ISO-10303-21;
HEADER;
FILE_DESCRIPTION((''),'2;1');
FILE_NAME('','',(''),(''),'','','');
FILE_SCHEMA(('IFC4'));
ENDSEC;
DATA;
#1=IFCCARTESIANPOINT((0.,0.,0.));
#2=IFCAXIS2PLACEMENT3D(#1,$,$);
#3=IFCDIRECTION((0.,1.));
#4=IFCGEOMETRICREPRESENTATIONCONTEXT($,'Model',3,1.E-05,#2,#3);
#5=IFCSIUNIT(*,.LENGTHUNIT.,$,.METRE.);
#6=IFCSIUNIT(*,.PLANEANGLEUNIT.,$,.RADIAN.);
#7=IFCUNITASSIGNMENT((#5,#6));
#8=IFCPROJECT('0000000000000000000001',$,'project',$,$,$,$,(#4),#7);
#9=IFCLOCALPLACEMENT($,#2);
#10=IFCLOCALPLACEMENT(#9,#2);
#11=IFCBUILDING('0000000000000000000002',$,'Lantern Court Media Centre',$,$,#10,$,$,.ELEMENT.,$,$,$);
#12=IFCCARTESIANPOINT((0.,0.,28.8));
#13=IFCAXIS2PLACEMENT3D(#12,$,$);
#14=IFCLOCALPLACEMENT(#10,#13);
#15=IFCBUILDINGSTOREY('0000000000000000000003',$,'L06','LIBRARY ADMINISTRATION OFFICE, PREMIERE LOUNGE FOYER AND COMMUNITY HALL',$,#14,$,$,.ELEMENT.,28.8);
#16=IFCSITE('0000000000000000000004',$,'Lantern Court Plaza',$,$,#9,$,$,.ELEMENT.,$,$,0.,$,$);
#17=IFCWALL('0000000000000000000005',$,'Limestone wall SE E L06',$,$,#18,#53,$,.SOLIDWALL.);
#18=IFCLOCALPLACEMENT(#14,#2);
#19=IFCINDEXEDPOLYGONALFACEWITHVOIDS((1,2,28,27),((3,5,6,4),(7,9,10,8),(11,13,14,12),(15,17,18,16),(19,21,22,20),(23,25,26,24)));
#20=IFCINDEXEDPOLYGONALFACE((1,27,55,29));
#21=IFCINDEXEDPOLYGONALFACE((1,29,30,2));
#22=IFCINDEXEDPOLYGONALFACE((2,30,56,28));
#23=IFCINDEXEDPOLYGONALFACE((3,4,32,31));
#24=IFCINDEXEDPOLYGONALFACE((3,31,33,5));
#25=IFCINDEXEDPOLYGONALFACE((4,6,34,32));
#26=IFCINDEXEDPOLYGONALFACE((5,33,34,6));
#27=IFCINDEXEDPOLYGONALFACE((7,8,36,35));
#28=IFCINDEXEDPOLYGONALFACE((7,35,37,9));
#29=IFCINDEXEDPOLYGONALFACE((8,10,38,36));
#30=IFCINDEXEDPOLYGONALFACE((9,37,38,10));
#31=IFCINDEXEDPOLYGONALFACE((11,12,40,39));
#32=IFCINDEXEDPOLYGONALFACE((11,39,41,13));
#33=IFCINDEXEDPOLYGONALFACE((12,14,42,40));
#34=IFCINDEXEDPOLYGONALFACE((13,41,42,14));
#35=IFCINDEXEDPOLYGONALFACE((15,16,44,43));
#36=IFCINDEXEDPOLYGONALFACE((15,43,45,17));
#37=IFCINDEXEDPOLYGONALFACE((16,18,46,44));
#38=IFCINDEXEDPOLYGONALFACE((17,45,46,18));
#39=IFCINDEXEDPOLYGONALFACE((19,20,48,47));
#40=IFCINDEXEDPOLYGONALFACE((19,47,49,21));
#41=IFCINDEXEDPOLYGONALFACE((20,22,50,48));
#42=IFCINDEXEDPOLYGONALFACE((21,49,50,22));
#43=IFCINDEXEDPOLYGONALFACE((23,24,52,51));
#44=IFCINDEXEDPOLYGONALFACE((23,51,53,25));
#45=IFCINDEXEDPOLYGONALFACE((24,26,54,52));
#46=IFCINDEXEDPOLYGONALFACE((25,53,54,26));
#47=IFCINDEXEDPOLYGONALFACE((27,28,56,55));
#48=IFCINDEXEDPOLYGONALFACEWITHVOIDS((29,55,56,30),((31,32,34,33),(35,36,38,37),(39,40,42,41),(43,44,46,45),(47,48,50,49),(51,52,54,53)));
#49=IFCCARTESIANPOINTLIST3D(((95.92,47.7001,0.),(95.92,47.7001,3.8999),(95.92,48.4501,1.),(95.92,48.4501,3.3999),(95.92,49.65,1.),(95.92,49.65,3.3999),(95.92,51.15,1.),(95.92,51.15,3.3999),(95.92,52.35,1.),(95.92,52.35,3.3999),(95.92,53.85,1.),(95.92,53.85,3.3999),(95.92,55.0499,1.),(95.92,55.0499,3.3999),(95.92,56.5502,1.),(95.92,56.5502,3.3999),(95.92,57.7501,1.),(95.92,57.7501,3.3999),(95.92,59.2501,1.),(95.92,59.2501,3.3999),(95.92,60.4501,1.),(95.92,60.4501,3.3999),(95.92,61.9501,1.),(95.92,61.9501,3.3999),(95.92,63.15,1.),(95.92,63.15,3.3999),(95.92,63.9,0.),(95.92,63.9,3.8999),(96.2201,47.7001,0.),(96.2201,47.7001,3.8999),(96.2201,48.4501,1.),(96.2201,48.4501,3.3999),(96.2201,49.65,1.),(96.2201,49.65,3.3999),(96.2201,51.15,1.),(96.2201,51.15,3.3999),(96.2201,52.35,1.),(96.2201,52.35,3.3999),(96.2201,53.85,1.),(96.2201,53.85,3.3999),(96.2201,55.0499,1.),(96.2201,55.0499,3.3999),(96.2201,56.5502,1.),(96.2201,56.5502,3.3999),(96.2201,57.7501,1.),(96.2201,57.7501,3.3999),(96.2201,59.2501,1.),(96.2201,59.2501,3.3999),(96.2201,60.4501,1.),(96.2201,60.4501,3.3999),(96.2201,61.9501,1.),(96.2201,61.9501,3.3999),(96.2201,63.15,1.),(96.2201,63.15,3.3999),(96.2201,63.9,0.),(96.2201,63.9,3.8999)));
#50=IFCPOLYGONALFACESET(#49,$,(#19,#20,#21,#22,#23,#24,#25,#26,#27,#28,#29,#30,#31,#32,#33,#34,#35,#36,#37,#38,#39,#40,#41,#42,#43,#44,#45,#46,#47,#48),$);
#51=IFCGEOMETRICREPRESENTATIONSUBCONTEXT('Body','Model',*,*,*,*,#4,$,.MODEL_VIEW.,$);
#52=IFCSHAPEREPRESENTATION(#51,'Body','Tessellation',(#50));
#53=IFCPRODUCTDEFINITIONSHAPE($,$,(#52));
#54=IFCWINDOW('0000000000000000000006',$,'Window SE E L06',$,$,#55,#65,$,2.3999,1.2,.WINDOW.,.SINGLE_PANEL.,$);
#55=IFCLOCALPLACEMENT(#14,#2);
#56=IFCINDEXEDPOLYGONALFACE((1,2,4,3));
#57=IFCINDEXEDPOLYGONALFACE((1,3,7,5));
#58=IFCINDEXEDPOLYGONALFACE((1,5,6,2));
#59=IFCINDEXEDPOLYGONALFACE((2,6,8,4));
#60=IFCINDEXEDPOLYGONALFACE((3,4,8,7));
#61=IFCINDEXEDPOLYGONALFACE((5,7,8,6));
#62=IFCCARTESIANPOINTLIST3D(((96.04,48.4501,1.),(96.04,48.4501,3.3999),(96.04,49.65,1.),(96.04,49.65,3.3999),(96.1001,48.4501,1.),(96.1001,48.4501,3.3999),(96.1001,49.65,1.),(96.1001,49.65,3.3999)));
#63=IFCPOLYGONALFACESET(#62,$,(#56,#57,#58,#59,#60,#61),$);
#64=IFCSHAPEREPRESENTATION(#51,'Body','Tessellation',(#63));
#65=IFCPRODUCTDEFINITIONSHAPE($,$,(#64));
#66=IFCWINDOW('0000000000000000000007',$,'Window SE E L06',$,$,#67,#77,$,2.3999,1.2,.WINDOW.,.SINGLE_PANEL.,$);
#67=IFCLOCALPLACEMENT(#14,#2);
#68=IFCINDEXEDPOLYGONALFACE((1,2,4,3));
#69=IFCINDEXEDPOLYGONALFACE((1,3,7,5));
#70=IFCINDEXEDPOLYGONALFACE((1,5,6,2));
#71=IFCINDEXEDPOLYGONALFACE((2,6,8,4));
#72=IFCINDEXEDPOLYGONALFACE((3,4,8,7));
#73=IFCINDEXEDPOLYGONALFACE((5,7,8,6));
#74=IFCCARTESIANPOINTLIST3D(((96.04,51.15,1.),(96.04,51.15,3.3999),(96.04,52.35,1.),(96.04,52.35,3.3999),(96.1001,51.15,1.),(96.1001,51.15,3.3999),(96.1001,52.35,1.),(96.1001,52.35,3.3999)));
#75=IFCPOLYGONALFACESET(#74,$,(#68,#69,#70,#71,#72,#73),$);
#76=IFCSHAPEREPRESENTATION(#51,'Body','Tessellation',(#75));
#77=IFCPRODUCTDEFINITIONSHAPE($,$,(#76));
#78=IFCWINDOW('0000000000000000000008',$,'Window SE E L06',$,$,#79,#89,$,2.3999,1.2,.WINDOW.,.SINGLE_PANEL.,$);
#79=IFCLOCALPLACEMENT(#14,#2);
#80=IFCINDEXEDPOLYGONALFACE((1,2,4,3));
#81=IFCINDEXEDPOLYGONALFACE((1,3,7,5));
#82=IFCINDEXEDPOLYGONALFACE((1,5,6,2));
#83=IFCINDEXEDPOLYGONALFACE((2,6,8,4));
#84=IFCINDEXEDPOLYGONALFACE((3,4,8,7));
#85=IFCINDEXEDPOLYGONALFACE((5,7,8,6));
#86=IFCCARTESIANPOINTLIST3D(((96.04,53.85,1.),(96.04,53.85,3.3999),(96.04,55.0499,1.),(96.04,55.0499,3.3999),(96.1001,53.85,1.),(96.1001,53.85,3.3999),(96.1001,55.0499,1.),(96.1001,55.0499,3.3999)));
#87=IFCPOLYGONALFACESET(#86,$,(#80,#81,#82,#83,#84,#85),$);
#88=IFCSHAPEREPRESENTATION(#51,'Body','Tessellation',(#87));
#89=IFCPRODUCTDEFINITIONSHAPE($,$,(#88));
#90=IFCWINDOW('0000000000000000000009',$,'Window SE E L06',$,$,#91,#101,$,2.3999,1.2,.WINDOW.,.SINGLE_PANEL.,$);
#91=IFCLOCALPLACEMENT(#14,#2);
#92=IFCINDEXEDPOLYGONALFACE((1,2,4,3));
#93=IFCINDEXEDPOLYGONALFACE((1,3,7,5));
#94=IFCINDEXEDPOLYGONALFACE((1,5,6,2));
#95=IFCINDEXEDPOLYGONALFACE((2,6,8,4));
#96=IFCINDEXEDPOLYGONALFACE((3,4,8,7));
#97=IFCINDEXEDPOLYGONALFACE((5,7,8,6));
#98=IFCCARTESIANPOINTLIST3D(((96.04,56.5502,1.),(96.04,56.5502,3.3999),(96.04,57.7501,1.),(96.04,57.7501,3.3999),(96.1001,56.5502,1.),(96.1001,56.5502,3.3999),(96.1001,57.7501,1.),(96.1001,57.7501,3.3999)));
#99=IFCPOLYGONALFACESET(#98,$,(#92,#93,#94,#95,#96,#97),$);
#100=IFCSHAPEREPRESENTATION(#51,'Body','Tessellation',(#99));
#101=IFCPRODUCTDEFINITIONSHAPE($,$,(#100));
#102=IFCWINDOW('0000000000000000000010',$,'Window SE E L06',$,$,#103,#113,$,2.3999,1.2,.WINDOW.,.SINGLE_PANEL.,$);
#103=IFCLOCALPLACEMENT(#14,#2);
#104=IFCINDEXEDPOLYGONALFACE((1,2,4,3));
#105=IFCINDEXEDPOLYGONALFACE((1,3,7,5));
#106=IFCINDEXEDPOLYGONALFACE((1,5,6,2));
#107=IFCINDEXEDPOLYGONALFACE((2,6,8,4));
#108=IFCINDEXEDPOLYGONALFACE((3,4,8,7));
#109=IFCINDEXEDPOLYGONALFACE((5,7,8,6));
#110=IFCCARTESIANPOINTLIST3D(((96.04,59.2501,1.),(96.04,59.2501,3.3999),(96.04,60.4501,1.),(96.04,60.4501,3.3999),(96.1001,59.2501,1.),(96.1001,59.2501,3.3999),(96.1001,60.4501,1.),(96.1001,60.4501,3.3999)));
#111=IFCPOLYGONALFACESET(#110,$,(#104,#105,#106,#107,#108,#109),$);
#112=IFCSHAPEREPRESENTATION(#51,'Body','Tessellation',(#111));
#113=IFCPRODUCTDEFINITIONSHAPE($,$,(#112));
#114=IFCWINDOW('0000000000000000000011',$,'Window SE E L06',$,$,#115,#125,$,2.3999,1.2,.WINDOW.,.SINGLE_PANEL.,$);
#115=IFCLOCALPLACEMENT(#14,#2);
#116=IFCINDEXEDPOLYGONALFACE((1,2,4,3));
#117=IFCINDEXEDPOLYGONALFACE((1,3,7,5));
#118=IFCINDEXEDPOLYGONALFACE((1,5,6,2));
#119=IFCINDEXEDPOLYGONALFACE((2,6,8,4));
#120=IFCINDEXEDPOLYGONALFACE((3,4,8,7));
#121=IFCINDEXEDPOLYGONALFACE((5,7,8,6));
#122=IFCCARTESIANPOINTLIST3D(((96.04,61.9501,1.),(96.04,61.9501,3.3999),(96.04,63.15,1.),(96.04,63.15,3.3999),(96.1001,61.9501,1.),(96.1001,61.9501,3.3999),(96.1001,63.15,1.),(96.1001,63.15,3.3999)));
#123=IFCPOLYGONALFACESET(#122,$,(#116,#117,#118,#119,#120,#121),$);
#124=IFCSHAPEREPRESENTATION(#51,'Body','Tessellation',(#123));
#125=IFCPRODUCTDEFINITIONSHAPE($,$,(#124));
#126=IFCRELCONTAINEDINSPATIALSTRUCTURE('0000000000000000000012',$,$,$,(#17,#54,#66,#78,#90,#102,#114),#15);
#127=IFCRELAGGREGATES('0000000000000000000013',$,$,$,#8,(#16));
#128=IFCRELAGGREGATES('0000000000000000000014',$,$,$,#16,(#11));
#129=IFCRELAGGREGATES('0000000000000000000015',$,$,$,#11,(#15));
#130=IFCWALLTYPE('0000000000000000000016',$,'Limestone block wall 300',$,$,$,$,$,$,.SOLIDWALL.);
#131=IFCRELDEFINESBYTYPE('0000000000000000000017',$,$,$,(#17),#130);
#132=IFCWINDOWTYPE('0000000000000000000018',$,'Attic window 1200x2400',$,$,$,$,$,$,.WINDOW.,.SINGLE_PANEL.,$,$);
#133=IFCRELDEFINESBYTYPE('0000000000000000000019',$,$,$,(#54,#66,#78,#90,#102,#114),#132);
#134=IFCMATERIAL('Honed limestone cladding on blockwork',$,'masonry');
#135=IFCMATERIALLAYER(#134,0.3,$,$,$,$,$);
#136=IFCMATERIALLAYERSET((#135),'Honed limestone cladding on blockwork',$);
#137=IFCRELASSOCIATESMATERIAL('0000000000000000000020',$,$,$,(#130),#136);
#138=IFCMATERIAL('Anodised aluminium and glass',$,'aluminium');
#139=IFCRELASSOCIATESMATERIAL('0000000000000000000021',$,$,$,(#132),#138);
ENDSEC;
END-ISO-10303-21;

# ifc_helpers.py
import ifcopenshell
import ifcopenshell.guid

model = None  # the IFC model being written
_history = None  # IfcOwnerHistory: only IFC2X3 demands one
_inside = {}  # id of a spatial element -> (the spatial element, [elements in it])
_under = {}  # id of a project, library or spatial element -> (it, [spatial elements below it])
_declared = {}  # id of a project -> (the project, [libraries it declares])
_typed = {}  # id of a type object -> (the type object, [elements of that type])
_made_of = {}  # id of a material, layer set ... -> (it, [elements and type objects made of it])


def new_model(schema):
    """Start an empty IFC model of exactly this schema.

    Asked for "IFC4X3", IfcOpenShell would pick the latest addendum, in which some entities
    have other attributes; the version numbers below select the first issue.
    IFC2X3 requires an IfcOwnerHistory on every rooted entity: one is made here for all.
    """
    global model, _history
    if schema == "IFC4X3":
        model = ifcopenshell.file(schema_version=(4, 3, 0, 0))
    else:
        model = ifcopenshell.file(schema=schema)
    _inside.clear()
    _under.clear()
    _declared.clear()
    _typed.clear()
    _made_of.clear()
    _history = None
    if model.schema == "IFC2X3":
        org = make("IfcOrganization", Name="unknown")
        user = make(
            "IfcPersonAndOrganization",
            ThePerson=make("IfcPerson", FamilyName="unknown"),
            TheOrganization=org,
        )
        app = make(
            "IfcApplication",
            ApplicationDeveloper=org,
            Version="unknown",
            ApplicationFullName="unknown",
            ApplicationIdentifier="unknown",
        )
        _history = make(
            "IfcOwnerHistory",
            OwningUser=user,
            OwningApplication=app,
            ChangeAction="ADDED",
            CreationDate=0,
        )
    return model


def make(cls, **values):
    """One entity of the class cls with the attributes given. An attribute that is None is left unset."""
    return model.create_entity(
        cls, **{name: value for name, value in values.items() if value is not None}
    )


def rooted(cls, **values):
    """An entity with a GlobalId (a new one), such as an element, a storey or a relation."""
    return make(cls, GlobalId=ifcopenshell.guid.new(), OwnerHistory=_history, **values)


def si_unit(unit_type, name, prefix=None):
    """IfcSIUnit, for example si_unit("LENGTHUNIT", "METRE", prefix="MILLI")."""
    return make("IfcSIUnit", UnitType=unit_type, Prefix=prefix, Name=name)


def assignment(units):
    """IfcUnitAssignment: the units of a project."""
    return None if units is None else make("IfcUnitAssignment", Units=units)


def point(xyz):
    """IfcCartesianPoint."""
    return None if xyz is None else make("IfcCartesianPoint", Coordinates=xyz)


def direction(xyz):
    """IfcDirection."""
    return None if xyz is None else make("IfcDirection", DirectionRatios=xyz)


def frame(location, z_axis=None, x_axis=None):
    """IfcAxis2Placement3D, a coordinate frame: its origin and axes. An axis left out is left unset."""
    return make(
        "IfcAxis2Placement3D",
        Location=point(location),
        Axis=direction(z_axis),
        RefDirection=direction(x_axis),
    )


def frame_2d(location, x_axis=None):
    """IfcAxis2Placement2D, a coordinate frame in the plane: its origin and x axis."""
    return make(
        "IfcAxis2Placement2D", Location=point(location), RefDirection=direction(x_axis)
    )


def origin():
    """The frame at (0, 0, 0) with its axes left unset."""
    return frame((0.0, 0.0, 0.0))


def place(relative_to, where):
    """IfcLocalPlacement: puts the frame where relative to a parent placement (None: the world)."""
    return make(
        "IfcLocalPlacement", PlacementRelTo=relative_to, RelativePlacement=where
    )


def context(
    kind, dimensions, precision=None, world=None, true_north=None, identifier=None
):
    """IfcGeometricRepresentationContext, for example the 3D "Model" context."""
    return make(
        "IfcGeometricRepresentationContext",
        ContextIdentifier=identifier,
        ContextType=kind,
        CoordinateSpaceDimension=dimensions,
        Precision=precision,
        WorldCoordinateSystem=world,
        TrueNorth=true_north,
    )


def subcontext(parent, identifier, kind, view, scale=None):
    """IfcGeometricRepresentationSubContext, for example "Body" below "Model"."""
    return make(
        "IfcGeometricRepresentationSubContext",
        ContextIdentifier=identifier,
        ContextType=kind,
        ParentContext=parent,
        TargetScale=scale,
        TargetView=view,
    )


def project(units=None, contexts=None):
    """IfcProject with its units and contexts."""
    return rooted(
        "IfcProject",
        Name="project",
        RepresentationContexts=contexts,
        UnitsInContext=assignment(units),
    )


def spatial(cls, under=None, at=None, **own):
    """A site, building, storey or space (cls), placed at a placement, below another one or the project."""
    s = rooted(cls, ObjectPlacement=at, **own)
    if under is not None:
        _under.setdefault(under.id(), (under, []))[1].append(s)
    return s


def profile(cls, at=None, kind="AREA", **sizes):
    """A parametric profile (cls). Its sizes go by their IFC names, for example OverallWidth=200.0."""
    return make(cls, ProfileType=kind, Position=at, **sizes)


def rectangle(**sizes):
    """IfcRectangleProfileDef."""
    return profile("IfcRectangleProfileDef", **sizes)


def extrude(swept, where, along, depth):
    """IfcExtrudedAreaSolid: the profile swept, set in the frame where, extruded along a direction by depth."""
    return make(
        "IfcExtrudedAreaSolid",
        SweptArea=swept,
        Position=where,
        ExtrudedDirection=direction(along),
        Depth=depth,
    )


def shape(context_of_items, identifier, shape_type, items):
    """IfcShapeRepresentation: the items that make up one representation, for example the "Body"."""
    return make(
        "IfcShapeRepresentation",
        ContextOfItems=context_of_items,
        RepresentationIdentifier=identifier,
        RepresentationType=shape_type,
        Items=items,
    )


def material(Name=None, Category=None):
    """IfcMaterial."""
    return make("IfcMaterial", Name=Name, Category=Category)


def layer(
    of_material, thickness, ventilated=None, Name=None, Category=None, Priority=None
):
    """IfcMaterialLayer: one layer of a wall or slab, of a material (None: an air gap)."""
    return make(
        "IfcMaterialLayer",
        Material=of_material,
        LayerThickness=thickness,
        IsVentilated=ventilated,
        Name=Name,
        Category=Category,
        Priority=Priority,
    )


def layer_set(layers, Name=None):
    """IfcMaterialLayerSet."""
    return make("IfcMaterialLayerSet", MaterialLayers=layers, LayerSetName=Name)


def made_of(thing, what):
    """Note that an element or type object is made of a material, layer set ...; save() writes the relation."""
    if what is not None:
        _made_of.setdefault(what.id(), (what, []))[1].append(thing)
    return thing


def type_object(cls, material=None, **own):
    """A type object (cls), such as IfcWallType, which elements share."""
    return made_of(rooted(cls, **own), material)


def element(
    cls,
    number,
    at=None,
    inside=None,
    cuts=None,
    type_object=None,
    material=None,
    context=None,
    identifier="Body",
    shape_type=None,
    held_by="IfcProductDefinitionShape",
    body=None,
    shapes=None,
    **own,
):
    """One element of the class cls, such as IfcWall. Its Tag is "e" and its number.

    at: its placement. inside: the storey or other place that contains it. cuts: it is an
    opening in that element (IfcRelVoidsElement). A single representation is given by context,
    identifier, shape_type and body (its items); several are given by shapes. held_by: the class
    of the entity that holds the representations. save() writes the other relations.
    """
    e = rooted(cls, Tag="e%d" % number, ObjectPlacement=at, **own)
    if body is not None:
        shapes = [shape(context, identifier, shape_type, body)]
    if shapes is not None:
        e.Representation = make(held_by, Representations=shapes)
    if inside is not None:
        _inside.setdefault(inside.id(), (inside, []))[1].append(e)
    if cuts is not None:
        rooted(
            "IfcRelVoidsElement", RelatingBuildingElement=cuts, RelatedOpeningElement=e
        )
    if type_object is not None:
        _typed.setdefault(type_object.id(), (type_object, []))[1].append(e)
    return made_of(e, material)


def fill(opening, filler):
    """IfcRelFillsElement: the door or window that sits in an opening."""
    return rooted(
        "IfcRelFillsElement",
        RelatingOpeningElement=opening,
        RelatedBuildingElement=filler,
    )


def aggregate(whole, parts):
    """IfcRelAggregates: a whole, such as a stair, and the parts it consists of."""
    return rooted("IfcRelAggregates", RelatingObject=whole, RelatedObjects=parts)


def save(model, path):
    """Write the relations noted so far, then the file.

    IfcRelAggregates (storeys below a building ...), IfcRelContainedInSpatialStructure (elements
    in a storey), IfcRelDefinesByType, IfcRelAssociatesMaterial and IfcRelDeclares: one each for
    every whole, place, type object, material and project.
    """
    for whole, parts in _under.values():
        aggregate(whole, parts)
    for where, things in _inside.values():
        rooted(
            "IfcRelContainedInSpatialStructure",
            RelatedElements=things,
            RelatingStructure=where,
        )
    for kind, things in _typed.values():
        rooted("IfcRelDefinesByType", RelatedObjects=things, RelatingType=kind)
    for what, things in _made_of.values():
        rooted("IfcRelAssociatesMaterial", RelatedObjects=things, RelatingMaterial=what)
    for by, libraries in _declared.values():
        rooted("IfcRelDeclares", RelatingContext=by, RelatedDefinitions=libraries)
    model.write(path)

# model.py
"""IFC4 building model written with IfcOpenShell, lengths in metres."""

from ifc_helpers import new_model, si_unit, direction, frame, frame_2d, origin, place, context, subcontext, project, spatial, rectangle, extrude, material, layer, layer_set, type_object, element, fill, save


model = new_model("IFC4")

# Units and contexts
model_context = context("Model", 3, precision=1e-05, world=origin(), true_north=direction((0.0, 1.0)))
body_context = subcontext(model_context, "Body", "Model", "MODEL_VIEW")
ifc_project = project(units=[si_unit("LENGTHUNIT", "METRE"), si_unit("PLANEANGLEUNIT", "RADIAN")], contexts=[model_context])

# Site, building, storey
site_placement = place(None, origin())
site = spatial("IfcSite", under=ifc_project, at=site_placement, Name="Lantern Court Plaza", CompositionType="ELEMENT", RefElevation=0.0)
building_placement = place(site_placement, origin())
building = spatial("IfcBuilding", under=site, at=building_placement, Name="Lantern Court Media Centre", CompositionType="ELEMENT")
storey_placement = place(building_placement, frame((0.0, 0.0, 28.8)))
storey = spatial("IfcBuildingStorey", under=building, at=storey_placement, Name="L06", Description="LIBRARY ADMINISTRATION OFFICE, PREMIERE LOUNGE FOYER AND COMMUNITY HALL", CompositionType="ELEMENT", Elevation=28.8)

# Wall, openings, windows
ifc_material_1 = material(Name="Honed limestone cladding on blockwork", Category="masonry")
ifc_layer_1 = layer(ifc_material_1, 0.3)
ifc_layer_set_1 = layer_set([ifc_layer_1], Name="Honed limestone cladding on blockwork")
wall_type_1 = type_object("IfcWallType", Name="Limestone block wall 300", PredefinedType="SOLIDWALL", material=ifc_layer_set_1)
wall_1_placement = place(storey_placement, frame((96.0701, 47.7, 0.0), z_axis=(0.0, 0.0, 1.0), x_axis=(0.0, 1.0, 0.0)))
wall_1 = element("IfcWall", 1, at=wall_1_placement, inside=storey, type_object=wall_type_1, Name="Limestone wall SE E L06", PredefinedType="SOLIDWALL", context=body_context, shape_type="SweptSolid", body=[
    extrude(rectangle(XDim=16.2, YDim=0.3, at=frame_2d((8.1001, 0.0))), origin(), (0.0, 0.0, 1.0), 3.8999),
])
opening_1_placement = place(wall_1_placement, frame((0.75, 0.0, 1.0)))
opening_1 = element("IfcOpeningElement", 2, at=opening_1_placement, cuts=wall_1, PredefinedType="OPENING", context=body_context, shape_type="SweptSolid", body=[
    extrude(rectangle(XDim=1.2, YDim=2.3999, at=frame_2d((0.6001, 1.2))), frame((0.0, 0.1599, 0.0), z_axis=(0.0, -1.0, 0.0), x_axis=(1.0, 0.0, 0.0)), (0.0, 0.0, 1.0), 0.3201),
])
opening_2_placement = place(wall_1_placement, frame((3.45, 0.0, 1.0)))
opening_2 = element("IfcOpeningElement", 3, at=opening_2_placement, cuts=wall_1, PredefinedType="OPENING", context=body_context, shape_type="SweptSolid", body=[
    extrude(rectangle(XDim=1.2, YDim=2.3999, at=frame_2d((0.6001, 1.2))), frame((0.0, 0.1599, 0.0), z_axis=(0.0, -1.0, 0.0), x_axis=(1.0, 0.0, 0.0)), (0.0, 0.0, 1.0), 0.3201),
])
opening_3_placement = place(wall_1_placement, frame((6.1499, 0.0, 1.0)))
opening_3 = element("IfcOpeningElement", 4, at=opening_3_placement, cuts=wall_1, PredefinedType="OPENING", context=body_context, shape_type="SweptSolid", body=[
    extrude(rectangle(XDim=1.2, YDim=2.3999, at=frame_2d((0.6001, 1.2))), frame((0.0, 0.1599, 0.0), z_axis=(0.0, -1.0, 0.0), x_axis=(1.0, 0.0, 0.0)), (0.0, 0.0, 1.0), 0.3201),
])
opening_4_placement = place(wall_1_placement, frame((8.8501, 0.0, 1.0)))
opening_4 = element("IfcOpeningElement", 5, at=opening_4_placement, cuts=wall_1, PredefinedType="OPENING", context=body_context, shape_type="SweptSolid", body=[
    extrude(rectangle(XDim=1.2, YDim=2.3999, at=frame_2d((0.6001, 1.2))), frame((0.0, 0.1599, 0.0), z_axis=(0.0, -1.0, 0.0), x_axis=(1.0, 0.0, 0.0)), (0.0, 0.0, 1.0), 0.3201),
])
opening_5_placement = place(wall_1_placement, frame((11.55, 0.0, 1.0)))
opening_5 = element("IfcOpeningElement", 6, at=opening_5_placement, cuts=wall_1, PredefinedType="OPENING", context=body_context, shape_type="SweptSolid", body=[
    extrude(rectangle(XDim=1.2, YDim=2.3999, at=frame_2d((0.6001, 1.2))), frame((0.0, 0.1599, 0.0), z_axis=(0.0, -1.0, 0.0), x_axis=(1.0, 0.0, 0.0)), (0.0, 0.0, 1.0), 0.3201),
])
opening_6_placement = place(wall_1_placement, frame((14.25, 0.0, 1.0)))
opening_6 = element("IfcOpeningElement", 7, at=opening_6_placement, cuts=wall_1, PredefinedType="OPENING", context=body_context, shape_type="SweptSolid", body=[
    extrude(rectangle(XDim=1.2, YDim=2.3999, at=frame_2d((0.6001, 1.2))), frame((0.0, 0.1599, 0.0), z_axis=(0.0, -1.0, 0.0), x_axis=(1.0, 0.0, 0.0)), (0.0, 0.0, 1.0), 0.3201),
])
ifc_material_2 = material(Name="Anodised aluminium and glass", Category="aluminium")
window_type = type_object("IfcWindowType", Name="Attic window 1200x2400", PartitioningType="SINGLE_PANEL", PredefinedType="WINDOW", material=ifc_material_2)
window_1_placement = place(opening_1_placement, origin())
window_1 = element("IfcWindow", 8, at=window_1_placement, inside=storey, type_object=window_type, Name="Window SE E L06", OverallHeight=2.3999, OverallWidth=1.2, PartitioningType="SINGLE_PANEL", PredefinedType="WINDOW", context=body_context, shape_type="SweptSolid", body=[
    extrude(rectangle(XDim=1.2, YDim=2.3999, at=frame_2d((0.6001, 1.2))), frame((0.0, 0.03, 0.0), z_axis=(0.0, -1.0, 0.0), x_axis=(1.0, 0.0, 0.0)), (0.0, 0.0, 1.0), 0.0601),
])
fill(opening_1, window_1)
window_2_placement = place(opening_2_placement, origin())
window_2 = element("IfcWindow", 9, at=window_2_placement, inside=storey, type_object=window_type, Name="Window SE E L06", OverallHeight=2.3999, OverallWidth=1.2, PartitioningType="SINGLE_PANEL", PredefinedType="WINDOW", context=body_context, shape_type="SweptSolid", body=[
    extrude(rectangle(XDim=1.2, YDim=2.3999, at=frame_2d((0.6001, 1.2))), frame((0.0, 0.03, 0.0), z_axis=(0.0, -1.0, 0.0), x_axis=(1.0, 0.0, 0.0)), (0.0, 0.0, 1.0), 0.0601),
])
fill(opening_2, window_2)
window_3_placement = place(opening_3_placement, origin())
window_3 = element("IfcWindow", 10, at=window_3_placement, inside=storey, type_object=window_type, Name="Window SE E L06", OverallHeight=2.3999, OverallWidth=1.2, PartitioningType="SINGLE_PANEL", PredefinedType="WINDOW", context=body_context, shape_type="SweptSolid", body=[
    extrude(rectangle(XDim=1.2, YDim=2.3999, at=frame_2d((0.6001, 1.2))), frame((0.0, 0.03, 0.0), z_axis=(0.0, -1.0, 0.0), x_axis=(1.0, 0.0, 0.0)), (0.0, 0.0, 1.0), 0.0601),
])
fill(opening_3, window_3)
window_4_placement = place(opening_4_placement, origin())
window_4 = element("IfcWindow", 11, at=window_4_placement, inside=storey, type_object=window_type, Name="Window SE E L06", OverallHeight=2.3999, OverallWidth=1.2, PartitioningType="SINGLE_PANEL", PredefinedType="WINDOW", context=body_context, shape_type="SweptSolid", body=[
    extrude(rectangle(XDim=1.2, YDim=2.3999, at=frame_2d((0.6001, 1.2))), frame((0.0, 0.03, 0.0), z_axis=(0.0, -1.0, 0.0), x_axis=(1.0, 0.0, 0.0)), (0.0, 0.0, 1.0), 0.0601),
])
fill(opening_4, window_4)
window_5_placement = place(opening_5_placement, origin())
window_5 = element("IfcWindow", 12, at=window_5_placement, inside=storey, type_object=window_type, Name="Window SE E L06", OverallHeight=2.3999, OverallWidth=1.2, PartitioningType="SINGLE_PANEL", PredefinedType="WINDOW", context=body_context, shape_type="SweptSolid", body=[
    extrude(rectangle(XDim=1.2, YDim=2.3999, at=frame_2d((0.6001, 1.2))), frame((0.0, 0.03, 0.0), z_axis=(0.0, -1.0, 0.0), x_axis=(1.0, 0.0, 0.0)), (0.0, 0.0, 1.0), 0.0601),
])
fill(opening_5, window_5)
window_6_placement = place(opening_6_placement, origin())
window_6 = element("IfcWindow", 13, at=window_6_placement, inside=storey, type_object=window_type, Name="Window SE E L06", OverallHeight=2.3999, OverallWidth=1.2, PartitioningType="SINGLE_PANEL", PredefinedType="WINDOW", context=body_context, shape_type="SweptSolid", body=[
    extrude(rectangle(XDim=1.2, YDim=2.3999, at=frame_2d((0.6001, 1.2))), frame((0.0, 0.03, 0.0), z_axis=(0.0, -1.0, 0.0), x_axis=(1.0, 0.0, 0.0)), (0.0, 0.0, 1.0), 0.0601),
])
fill(opening_6, window_6)

save(model, "model.ifc")
